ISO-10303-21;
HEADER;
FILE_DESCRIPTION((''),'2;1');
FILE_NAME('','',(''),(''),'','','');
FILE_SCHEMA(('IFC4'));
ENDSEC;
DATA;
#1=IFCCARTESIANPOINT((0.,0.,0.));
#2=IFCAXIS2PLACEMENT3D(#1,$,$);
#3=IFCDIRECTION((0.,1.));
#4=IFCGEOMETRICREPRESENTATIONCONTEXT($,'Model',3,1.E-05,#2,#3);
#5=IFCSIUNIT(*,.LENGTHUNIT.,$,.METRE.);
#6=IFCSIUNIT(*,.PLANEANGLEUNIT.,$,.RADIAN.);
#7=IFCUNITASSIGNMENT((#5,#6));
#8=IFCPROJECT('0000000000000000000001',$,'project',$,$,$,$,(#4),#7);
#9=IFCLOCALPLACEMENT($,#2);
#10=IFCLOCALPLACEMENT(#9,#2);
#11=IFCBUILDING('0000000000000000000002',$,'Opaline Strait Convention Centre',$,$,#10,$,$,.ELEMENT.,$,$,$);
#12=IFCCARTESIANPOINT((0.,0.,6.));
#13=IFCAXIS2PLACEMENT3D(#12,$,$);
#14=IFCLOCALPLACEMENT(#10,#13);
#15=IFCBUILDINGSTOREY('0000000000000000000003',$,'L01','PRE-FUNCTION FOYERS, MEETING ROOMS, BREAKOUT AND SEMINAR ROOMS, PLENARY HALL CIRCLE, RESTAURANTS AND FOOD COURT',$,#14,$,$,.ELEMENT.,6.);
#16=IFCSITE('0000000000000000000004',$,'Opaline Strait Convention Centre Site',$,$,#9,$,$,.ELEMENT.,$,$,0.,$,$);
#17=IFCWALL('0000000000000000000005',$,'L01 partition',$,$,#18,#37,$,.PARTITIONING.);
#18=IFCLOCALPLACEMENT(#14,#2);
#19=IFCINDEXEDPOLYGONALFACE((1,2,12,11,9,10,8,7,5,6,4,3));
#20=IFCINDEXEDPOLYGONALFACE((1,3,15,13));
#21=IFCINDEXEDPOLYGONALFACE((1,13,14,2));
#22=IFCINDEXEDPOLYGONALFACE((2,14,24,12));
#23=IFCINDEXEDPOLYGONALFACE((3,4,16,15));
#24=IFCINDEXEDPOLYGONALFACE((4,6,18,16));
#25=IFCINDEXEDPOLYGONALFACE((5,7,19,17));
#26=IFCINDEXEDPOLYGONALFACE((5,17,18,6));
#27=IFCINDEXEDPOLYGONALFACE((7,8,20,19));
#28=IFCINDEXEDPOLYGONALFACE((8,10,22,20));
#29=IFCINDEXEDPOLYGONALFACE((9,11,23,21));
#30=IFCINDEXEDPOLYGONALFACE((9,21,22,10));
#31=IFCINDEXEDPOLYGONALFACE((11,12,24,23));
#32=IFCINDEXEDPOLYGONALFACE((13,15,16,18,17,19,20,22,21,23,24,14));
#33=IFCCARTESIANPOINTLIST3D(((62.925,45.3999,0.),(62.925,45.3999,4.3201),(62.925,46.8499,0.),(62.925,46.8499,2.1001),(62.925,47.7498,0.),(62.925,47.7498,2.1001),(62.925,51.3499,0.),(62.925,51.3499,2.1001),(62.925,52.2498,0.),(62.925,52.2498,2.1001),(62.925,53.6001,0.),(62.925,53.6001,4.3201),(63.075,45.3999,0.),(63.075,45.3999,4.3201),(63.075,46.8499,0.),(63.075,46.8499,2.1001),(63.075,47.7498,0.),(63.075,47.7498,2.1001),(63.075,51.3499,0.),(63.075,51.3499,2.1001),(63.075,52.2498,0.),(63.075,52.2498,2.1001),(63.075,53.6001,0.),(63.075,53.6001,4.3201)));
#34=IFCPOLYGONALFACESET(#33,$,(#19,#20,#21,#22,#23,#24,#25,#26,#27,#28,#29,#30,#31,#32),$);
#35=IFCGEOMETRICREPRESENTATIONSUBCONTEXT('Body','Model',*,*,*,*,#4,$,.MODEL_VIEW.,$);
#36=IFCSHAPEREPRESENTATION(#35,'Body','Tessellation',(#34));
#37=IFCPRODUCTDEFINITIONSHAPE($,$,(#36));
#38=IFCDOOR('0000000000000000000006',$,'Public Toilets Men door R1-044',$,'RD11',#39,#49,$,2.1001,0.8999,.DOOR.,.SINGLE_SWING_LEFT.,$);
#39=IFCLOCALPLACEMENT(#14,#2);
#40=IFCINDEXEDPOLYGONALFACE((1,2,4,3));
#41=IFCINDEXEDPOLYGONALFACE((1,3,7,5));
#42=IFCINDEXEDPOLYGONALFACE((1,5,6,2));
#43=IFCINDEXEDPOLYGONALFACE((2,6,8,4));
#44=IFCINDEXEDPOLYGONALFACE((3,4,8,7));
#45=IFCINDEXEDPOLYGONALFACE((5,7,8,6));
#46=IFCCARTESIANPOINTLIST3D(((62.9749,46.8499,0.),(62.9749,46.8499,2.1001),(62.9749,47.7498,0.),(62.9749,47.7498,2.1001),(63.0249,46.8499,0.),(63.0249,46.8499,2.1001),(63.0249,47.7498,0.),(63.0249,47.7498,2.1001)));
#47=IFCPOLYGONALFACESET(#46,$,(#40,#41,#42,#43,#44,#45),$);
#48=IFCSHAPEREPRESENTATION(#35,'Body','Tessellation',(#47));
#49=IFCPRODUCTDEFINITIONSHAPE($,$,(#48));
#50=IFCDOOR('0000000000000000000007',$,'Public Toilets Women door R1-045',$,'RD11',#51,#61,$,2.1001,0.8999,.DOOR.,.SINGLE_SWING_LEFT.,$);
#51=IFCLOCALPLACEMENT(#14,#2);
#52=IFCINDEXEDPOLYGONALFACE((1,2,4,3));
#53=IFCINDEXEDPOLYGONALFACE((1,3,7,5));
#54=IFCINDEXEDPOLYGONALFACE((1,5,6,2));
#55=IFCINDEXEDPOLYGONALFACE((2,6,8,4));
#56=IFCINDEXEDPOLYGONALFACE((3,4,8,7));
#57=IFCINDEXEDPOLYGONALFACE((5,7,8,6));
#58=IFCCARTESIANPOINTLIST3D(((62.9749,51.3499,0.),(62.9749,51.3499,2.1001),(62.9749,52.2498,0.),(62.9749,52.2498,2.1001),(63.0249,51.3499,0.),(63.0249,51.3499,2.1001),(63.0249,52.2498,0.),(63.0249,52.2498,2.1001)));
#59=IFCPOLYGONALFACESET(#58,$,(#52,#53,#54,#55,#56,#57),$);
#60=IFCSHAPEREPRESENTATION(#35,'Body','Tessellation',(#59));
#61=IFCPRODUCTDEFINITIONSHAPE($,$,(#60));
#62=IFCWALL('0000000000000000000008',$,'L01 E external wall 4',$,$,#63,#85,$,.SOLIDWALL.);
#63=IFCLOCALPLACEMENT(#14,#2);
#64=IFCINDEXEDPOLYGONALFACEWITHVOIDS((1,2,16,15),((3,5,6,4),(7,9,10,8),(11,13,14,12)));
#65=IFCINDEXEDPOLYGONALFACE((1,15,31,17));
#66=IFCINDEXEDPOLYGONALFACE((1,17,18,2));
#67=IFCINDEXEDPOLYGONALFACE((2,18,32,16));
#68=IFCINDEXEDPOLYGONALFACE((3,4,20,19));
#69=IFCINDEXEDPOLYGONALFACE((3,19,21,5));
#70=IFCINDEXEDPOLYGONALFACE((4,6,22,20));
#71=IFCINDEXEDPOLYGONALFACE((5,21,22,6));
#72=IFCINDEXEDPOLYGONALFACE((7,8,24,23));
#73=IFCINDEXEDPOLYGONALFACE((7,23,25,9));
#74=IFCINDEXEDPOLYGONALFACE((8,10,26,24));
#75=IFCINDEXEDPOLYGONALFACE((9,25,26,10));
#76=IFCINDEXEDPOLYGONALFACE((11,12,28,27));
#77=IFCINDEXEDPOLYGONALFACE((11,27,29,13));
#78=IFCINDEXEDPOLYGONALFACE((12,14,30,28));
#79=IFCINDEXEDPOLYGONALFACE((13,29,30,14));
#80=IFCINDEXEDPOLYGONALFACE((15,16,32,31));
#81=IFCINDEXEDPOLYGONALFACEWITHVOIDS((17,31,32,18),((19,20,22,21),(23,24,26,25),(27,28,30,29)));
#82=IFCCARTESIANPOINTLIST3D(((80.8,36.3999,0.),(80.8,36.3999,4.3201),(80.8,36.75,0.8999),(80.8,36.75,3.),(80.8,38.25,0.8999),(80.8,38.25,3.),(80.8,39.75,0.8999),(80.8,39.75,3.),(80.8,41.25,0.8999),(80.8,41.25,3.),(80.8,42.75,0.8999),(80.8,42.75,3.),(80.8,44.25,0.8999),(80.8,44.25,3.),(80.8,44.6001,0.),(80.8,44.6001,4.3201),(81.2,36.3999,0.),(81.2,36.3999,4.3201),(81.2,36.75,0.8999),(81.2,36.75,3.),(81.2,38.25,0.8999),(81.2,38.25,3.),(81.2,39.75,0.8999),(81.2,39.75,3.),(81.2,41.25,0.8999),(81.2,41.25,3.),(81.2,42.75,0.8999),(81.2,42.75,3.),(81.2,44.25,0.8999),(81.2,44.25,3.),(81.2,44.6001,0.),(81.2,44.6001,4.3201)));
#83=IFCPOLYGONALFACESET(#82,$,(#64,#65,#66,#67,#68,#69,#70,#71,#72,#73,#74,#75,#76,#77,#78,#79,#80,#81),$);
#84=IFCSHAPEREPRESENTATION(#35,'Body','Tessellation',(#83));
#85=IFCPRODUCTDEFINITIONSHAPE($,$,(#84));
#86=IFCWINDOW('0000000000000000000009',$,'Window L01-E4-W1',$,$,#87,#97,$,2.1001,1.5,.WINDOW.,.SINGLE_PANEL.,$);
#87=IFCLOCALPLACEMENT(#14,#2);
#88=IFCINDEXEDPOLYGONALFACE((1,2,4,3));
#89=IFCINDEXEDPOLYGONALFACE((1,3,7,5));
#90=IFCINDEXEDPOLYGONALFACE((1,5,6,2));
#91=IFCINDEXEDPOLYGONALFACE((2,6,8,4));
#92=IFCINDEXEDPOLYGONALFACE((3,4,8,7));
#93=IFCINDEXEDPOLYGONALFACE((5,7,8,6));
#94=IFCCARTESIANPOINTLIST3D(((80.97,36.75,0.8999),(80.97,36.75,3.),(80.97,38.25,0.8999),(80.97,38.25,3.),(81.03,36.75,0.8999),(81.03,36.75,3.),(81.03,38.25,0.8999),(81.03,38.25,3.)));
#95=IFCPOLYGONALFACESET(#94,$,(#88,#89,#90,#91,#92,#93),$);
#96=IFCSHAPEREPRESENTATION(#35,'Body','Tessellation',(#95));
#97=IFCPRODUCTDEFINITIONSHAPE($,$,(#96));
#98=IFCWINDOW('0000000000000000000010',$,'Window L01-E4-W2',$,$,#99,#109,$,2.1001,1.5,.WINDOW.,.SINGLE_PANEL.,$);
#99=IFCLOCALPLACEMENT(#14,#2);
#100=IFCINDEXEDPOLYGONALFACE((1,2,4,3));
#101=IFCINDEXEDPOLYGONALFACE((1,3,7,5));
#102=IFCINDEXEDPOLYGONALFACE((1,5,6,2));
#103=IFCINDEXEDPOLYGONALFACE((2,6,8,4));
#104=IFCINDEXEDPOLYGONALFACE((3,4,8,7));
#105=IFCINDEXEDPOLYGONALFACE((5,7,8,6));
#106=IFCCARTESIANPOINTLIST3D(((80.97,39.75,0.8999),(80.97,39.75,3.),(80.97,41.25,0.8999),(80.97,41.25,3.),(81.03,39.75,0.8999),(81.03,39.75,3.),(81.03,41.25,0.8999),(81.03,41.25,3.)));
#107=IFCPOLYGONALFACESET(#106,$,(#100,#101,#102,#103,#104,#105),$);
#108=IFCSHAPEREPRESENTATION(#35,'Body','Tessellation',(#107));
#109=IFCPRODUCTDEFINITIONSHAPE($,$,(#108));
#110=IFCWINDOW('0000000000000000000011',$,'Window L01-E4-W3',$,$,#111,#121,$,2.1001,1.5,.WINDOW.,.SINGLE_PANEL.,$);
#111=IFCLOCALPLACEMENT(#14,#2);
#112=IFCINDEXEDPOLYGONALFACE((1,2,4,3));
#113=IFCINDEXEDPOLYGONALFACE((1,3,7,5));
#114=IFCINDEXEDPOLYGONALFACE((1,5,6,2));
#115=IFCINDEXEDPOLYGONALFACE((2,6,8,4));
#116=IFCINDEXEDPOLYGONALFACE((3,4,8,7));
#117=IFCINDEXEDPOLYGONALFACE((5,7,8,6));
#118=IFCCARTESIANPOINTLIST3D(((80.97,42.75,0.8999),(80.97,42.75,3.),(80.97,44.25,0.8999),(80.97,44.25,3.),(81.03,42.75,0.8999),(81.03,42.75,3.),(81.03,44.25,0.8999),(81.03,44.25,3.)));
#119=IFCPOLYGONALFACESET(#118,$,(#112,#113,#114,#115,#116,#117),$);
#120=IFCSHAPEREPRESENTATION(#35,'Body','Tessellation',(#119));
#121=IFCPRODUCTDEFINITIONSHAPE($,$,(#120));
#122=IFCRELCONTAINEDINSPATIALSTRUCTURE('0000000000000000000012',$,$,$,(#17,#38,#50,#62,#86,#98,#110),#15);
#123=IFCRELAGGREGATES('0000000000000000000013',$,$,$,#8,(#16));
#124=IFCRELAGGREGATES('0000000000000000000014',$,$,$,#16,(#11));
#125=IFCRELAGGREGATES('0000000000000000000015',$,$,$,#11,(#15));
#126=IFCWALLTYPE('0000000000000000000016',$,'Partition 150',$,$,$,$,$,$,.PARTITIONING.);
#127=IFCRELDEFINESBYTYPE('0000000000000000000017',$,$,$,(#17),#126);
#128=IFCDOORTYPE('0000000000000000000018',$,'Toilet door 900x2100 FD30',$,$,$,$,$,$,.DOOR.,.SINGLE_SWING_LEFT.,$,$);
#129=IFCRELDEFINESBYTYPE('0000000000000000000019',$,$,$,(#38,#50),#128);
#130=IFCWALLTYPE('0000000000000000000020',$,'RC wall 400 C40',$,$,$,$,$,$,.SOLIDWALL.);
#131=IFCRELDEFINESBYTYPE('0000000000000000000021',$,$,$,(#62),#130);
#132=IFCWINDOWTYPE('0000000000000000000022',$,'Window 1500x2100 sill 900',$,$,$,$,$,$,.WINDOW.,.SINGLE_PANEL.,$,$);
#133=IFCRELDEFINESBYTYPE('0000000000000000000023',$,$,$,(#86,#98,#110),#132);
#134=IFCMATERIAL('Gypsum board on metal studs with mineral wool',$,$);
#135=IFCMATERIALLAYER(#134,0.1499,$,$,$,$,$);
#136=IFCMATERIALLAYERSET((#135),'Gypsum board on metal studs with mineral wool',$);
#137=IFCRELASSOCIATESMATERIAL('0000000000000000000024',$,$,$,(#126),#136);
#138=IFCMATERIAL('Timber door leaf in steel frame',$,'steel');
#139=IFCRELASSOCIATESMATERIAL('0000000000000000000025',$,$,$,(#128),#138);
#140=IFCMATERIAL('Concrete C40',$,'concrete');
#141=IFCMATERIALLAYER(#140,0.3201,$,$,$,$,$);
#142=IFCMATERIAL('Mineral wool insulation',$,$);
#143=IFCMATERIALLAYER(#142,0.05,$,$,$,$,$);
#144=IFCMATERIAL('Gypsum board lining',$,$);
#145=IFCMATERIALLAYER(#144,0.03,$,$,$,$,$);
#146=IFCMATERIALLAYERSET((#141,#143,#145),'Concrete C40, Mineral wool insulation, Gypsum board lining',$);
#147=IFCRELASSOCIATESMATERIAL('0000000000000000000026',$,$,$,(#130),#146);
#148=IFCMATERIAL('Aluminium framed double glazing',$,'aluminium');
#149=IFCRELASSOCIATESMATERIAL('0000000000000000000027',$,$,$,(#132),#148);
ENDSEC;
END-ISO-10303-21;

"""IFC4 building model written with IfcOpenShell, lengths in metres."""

from ifc_helpers import new_model, si_unit, direction, frame, frame_2d, origin, place, context, subcontext, project, spatial, rectangle, extrude, material, layer, layer_set, type_object, element, fill, save


model = new_model("IFC4")

# Units and contexts
model_context = context("Model", 3, precision=1e-05, world=origin(), true_north=direction((0.0, 1.0)))
body_context = subcontext(model_context, "Body", "Model", "MODEL_VIEW")
ifc_project = project(units=[si_unit("LENGTHUNIT", "METRE"), si_unit("PLANEANGLEUNIT", "RADIAN")], contexts=[model_context])

# Site, building, storey
site_placement = place(None, origin())
site = spatial("IfcSite", under=ifc_project, at=site_placement, Name="Opaline Strait Convention Centre Site", CompositionType="ELEMENT", RefElevation=0.0)
building_placement = place(site_placement, origin())
building = spatial("IfcBuilding", under=site, at=building_placement, Name="Opaline Strait Convention Centre", CompositionType="ELEMENT")
storey_placement = place(building_placement, frame((0.0, 0.0, 6.0)))
storey = spatial("IfcBuildingStorey", under=building, at=storey_placement, Name="L01", Description="PRE-FUNCTION FOYERS, MEETING ROOMS, BREAKOUT AND SEMINAR ROOMS, PLENARY HALL CIRCLE, RESTAURANTS AND FOOD COURT", CompositionType="ELEMENT", Elevation=6.0)

# Shared definitions
ifc_material_1 = material(Name="Concrete C40", Category="concrete")

# Shared definitions
ifc_material_2 = material(Name="Gypsum board on metal studs with mineral wool")
ifc_layer_1 = layer(ifc_material_2, 0.1499)
ifc_layer_set_1 = layer_set([ifc_layer_1], Name="Gypsum board on metal studs with mineral wool")
wall_type_1 = type_object("IfcWallType", Name="Partition 150", PredefinedType="PARTITIONING", material=ifc_layer_set_1)

# Wall, openings, doors
wall_1_placement = place(storey_placement, frame((63.0, 45.3999, 0.0), z_axis=(0.0, 0.0, 1.0), x_axis=(0.0, 1.0, 0.0)))
wall_1 = element("IfcWall", 1, at=wall_1_placement, inside=storey, type_object=wall_type_1, Name="L01 partition", PredefinedType="PARTITIONING", context=body_context, shape_type="SweptSolid", body=[
    extrude(rectangle(XDim=8.2002, YDim=0.1499, at=frame_2d((4.1001, 0.0))), origin(), (0.0, 0.0, 1.0), 4.3201),
])
opening_1_placement = place(wall_1_placement, frame((1.45, 0.0, 0.0)))
opening_1 = element("IfcOpeningElement", 2, at=opening_1_placement, cuts=wall_1, PredefinedType="OPENING", context=body_context, shape_type="SweptSolid", body=[
    extrude(rectangle(XDim=0.8999, YDim=2.1001, at=frame_2d((0.45, 1.05))), frame((0.0, 0.085, 0.0), z_axis=(0.0, -1.0, 0.0), x_axis=(1.0, 0.0, 0.0)), (0.0, 0.0, 1.0), 0.1699),
])
opening_2_placement = place(wall_1_placement, frame((5.95, 0.0, 0.0)))
opening_2 = element("IfcOpeningElement", 3, at=opening_2_placement, cuts=wall_1, PredefinedType="OPENING", context=body_context, shape_type="SweptSolid", body=[
    extrude(rectangle(XDim=0.8999, YDim=2.1001, at=frame_2d((0.45, 1.05))), frame((0.0, 0.085, 0.0), z_axis=(0.0, -1.0, 0.0), x_axis=(1.0, 0.0, 0.0)), (0.0, 0.0, 1.0), 0.1699),
])
ifc_material_3 = material(Name="Timber door leaf in steel frame", Category="steel")
door_type = type_object("IfcDoorType", Name="Toilet door 900x2100 FD30", OperationType="SINGLE_SWING_LEFT", PredefinedType="DOOR", material=ifc_material_3)
door_1_placement = place(opening_1_placement, frame((0.8999, 0.0, 0.0), z_axis=(0.0, 0.0, 1.0), x_axis=(-1.0, 0.0, 0.0)))
door_1 = element("IfcDoor", 4, at=door_1_placement, inside=storey, type_object=door_type, Name="Public Toilets Men door R1-044", ObjectType="RD11", OperationType="SINGLE_SWING_LEFT", OverallHeight=2.1001, OverallWidth=0.8999, PredefinedType="DOOR", context=body_context, shape_type="SweptSolid", body=[
    extrude(rectangle(XDim=0.8999, YDim=2.1001, at=frame_2d((0.45, 1.05))), frame((0.0, 0.0249, 0.0), z_axis=(0.0, -1.0, 0.0), x_axis=(1.0, 0.0, 0.0)), (0.0, 0.0, 1.0), 0.05),
])
fill(opening_1, door_1)
door_2_placement = place(opening_2_placement, frame((0.8999, 0.0, 0.0), z_axis=(0.0, 0.0, 1.0), x_axis=(-1.0, 0.0, 0.0)))
door_2 = element("IfcDoor", 5, at=door_2_placement, inside=storey, type_object=door_type, Name="Public Toilets Women door R1-045", ObjectType="RD11", OperationType="SINGLE_SWING_LEFT", OverallHeight=2.1001, OverallWidth=0.8999, PredefinedType="DOOR", context=body_context, shape_type="SweptSolid", body=[
    extrude(rectangle(XDim=0.8999, YDim=2.1001, at=frame_2d((0.45, 1.05))), frame((0.0, 0.0249, 0.0), z_axis=(0.0, -1.0, 0.0), x_axis=(1.0, 0.0, 0.0)), (0.0, 0.0, 1.0), 0.05),
])
fill(opening_2, door_2)

# Wall, openings, windows
ifc_layer_2 = layer(ifc_material_1, 0.3201)
ifc_material_4 = material(Name="Mineral wool insulation")
ifc_layer_3 = layer(ifc_material_4, 0.05)
ifc_material_5 = material(Name="Gypsum board lining")
ifc_layer_4 = layer(ifc_material_5, 0.03)
ifc_layer_set_2 = layer_set([ifc_layer_2, ifc_layer_3, ifc_layer_4], Name="Concrete C40, Mineral wool insulation, Gypsum board lining")
wall_type_2 = type_object("IfcWallType", Name="RC wall 400 C40", PredefinedType="SOLIDWALL", material=ifc_layer_set_2)
wall_2_placement = place(storey_placement, frame((81.0, 36.3999, 0.0), z_axis=(0.0, 0.0, 1.0), x_axis=(0.0, 1.0, 0.0)))
wall_2 = element("IfcWall", 6, at=wall_2_placement, inside=storey, type_object=wall_type_2, Name="L01 E external wall 4", PredefinedType="SOLIDWALL", context=body_context, shape_type="SweptSolid", body=[
    extrude(rectangle(XDim=8.2002, YDim=0.3999, at=frame_2d((4.1001, 0.0))), origin(), (0.0, 0.0, 1.0), 4.3201),
])
opening_3_placement = place(wall_2_placement, frame((0.3501, 0.0, 0.8999)))
opening_3 = element("IfcOpeningElement", 7, at=opening_3_placement, cuts=wall_2, PredefinedType="OPENING", context=body_context, shape_type="SweptSolid", body=[
    extrude(rectangle(XDim=1.5, YDim=2.1001, at=frame_2d((0.75, 1.05))), frame((0.0, 0.21, 0.0), z_axis=(0.0, -1.0, 0.0), x_axis=(1.0, 0.0, 0.0)), (0.0, 0.0, 1.0), 0.4199),
])
opening_4_placement = place(wall_2_placement, frame((3.3501, 0.0, 0.8999)))
opening_4 = element("IfcOpeningElement", 8, at=opening_4_placement, cuts=wall_2, PredefinedType="OPENING", context=body_context, shape_type="SweptSolid", body=[
    extrude(rectangle(XDim=1.5, YDim=2.1001, at=frame_2d((0.75, 1.05))), frame((0.0, 0.21, 0.0), z_axis=(0.0, -1.0, 0.0), x_axis=(1.0, 0.0, 0.0)), (0.0, 0.0, 1.0), 0.4199),
])
opening_5_placement = place(wall_2_placement, frame((6.3501, 0.0, 0.8999)))
opening_5 = element("IfcOpeningElement", 9, at=opening_5_placement, cuts=wall_2, PredefinedType="OPENING", context=body_context, shape_type="SweptSolid", body=[
    extrude(rectangle(XDim=1.5, YDim=2.1001, at=frame_2d((0.75, 1.05))), frame((0.0, 0.21, 0.0), z_axis=(0.0, -1.0, 0.0), x_axis=(1.0, 0.0, 0.0)), (0.0, 0.0, 1.0), 0.4199),
])
ifc_material_6 = material(Name="Aluminium framed double glazing", Category="aluminium")
window_type_1 = type_object("IfcWindowType", Name="Window 1500x2100 sill 900", PartitioningType="SINGLE_PANEL", PredefinedType="WINDOW", material=ifc_material_6)
window_1_placement = place(opening_3_placement, origin())
window_1 = element("IfcWindow", 10, at=window_1_placement, inside=storey, type_object=window_type_1, Name="Window L01-E4-W1", OverallHeight=2.1001, OverallWidth=1.5, PartitioningType="SINGLE_PANEL", PredefinedType="WINDOW", context=body_context, shape_type="SweptSolid", body=[
    extrude(rectangle(XDim=1.5, YDim=2.1001, at=frame_2d((0.75, 1.05))), frame((0.0, 0.03, 0.0), z_axis=(0.0, -1.0, 0.0), x_axis=(1.0, 0.0, 0.0)), (0.0, 0.0, 1.0), 0.0601),
])
fill(opening_3, window_1)
window_2_placement = place(opening_4_placement, origin())
window_2 = element("IfcWindow", 11, at=window_2_placement, inside=storey, type_object=window_type_1, Name="Window L01-E4-W2", OverallHeight=2.1001, OverallWidth=1.5, PartitioningType="SINGLE_PANEL", PredefinedType="WINDOW", context=body_context, shape_type="SweptSolid", body=[
    extrude(rectangle(XDim=1.5, YDim=2.1001, at=frame_2d((0.75, 1.05))), frame((0.0, 0.03, 0.0), z_axis=(0.0, -1.0, 0.0), x_axis=(1.0, 0.0, 0.0)), (0.0, 0.0, 1.0), 0.0601),
])
fill(opening_4, window_2)
window_3_placement = place(opening_5_placement, origin())
window_3 = element("IfcWindow", 12, at=window_3_placement, inside=storey, type_object=window_type_1, Name="Window L01-E4-W3", OverallHeight=2.1001, OverallWidth=1.5, PartitioningType="SINGLE_PANEL", PredefinedType="WINDOW", context=body_context, shape_type="SweptSolid", body=[
    extrude(rectangle(XDim=1.5, YDim=2.1001, at=frame_2d((0.75, 1.05))), frame((0.0, 0.03, 0.0), z_axis=(0.0, -1.0, 0.0), x_axis=(1.0, 0.0, 0.0)), (0.0, 0.0, 1.0), 0.0601),
])
fill(opening_5, window_3)

save(model, "model.ifc")
